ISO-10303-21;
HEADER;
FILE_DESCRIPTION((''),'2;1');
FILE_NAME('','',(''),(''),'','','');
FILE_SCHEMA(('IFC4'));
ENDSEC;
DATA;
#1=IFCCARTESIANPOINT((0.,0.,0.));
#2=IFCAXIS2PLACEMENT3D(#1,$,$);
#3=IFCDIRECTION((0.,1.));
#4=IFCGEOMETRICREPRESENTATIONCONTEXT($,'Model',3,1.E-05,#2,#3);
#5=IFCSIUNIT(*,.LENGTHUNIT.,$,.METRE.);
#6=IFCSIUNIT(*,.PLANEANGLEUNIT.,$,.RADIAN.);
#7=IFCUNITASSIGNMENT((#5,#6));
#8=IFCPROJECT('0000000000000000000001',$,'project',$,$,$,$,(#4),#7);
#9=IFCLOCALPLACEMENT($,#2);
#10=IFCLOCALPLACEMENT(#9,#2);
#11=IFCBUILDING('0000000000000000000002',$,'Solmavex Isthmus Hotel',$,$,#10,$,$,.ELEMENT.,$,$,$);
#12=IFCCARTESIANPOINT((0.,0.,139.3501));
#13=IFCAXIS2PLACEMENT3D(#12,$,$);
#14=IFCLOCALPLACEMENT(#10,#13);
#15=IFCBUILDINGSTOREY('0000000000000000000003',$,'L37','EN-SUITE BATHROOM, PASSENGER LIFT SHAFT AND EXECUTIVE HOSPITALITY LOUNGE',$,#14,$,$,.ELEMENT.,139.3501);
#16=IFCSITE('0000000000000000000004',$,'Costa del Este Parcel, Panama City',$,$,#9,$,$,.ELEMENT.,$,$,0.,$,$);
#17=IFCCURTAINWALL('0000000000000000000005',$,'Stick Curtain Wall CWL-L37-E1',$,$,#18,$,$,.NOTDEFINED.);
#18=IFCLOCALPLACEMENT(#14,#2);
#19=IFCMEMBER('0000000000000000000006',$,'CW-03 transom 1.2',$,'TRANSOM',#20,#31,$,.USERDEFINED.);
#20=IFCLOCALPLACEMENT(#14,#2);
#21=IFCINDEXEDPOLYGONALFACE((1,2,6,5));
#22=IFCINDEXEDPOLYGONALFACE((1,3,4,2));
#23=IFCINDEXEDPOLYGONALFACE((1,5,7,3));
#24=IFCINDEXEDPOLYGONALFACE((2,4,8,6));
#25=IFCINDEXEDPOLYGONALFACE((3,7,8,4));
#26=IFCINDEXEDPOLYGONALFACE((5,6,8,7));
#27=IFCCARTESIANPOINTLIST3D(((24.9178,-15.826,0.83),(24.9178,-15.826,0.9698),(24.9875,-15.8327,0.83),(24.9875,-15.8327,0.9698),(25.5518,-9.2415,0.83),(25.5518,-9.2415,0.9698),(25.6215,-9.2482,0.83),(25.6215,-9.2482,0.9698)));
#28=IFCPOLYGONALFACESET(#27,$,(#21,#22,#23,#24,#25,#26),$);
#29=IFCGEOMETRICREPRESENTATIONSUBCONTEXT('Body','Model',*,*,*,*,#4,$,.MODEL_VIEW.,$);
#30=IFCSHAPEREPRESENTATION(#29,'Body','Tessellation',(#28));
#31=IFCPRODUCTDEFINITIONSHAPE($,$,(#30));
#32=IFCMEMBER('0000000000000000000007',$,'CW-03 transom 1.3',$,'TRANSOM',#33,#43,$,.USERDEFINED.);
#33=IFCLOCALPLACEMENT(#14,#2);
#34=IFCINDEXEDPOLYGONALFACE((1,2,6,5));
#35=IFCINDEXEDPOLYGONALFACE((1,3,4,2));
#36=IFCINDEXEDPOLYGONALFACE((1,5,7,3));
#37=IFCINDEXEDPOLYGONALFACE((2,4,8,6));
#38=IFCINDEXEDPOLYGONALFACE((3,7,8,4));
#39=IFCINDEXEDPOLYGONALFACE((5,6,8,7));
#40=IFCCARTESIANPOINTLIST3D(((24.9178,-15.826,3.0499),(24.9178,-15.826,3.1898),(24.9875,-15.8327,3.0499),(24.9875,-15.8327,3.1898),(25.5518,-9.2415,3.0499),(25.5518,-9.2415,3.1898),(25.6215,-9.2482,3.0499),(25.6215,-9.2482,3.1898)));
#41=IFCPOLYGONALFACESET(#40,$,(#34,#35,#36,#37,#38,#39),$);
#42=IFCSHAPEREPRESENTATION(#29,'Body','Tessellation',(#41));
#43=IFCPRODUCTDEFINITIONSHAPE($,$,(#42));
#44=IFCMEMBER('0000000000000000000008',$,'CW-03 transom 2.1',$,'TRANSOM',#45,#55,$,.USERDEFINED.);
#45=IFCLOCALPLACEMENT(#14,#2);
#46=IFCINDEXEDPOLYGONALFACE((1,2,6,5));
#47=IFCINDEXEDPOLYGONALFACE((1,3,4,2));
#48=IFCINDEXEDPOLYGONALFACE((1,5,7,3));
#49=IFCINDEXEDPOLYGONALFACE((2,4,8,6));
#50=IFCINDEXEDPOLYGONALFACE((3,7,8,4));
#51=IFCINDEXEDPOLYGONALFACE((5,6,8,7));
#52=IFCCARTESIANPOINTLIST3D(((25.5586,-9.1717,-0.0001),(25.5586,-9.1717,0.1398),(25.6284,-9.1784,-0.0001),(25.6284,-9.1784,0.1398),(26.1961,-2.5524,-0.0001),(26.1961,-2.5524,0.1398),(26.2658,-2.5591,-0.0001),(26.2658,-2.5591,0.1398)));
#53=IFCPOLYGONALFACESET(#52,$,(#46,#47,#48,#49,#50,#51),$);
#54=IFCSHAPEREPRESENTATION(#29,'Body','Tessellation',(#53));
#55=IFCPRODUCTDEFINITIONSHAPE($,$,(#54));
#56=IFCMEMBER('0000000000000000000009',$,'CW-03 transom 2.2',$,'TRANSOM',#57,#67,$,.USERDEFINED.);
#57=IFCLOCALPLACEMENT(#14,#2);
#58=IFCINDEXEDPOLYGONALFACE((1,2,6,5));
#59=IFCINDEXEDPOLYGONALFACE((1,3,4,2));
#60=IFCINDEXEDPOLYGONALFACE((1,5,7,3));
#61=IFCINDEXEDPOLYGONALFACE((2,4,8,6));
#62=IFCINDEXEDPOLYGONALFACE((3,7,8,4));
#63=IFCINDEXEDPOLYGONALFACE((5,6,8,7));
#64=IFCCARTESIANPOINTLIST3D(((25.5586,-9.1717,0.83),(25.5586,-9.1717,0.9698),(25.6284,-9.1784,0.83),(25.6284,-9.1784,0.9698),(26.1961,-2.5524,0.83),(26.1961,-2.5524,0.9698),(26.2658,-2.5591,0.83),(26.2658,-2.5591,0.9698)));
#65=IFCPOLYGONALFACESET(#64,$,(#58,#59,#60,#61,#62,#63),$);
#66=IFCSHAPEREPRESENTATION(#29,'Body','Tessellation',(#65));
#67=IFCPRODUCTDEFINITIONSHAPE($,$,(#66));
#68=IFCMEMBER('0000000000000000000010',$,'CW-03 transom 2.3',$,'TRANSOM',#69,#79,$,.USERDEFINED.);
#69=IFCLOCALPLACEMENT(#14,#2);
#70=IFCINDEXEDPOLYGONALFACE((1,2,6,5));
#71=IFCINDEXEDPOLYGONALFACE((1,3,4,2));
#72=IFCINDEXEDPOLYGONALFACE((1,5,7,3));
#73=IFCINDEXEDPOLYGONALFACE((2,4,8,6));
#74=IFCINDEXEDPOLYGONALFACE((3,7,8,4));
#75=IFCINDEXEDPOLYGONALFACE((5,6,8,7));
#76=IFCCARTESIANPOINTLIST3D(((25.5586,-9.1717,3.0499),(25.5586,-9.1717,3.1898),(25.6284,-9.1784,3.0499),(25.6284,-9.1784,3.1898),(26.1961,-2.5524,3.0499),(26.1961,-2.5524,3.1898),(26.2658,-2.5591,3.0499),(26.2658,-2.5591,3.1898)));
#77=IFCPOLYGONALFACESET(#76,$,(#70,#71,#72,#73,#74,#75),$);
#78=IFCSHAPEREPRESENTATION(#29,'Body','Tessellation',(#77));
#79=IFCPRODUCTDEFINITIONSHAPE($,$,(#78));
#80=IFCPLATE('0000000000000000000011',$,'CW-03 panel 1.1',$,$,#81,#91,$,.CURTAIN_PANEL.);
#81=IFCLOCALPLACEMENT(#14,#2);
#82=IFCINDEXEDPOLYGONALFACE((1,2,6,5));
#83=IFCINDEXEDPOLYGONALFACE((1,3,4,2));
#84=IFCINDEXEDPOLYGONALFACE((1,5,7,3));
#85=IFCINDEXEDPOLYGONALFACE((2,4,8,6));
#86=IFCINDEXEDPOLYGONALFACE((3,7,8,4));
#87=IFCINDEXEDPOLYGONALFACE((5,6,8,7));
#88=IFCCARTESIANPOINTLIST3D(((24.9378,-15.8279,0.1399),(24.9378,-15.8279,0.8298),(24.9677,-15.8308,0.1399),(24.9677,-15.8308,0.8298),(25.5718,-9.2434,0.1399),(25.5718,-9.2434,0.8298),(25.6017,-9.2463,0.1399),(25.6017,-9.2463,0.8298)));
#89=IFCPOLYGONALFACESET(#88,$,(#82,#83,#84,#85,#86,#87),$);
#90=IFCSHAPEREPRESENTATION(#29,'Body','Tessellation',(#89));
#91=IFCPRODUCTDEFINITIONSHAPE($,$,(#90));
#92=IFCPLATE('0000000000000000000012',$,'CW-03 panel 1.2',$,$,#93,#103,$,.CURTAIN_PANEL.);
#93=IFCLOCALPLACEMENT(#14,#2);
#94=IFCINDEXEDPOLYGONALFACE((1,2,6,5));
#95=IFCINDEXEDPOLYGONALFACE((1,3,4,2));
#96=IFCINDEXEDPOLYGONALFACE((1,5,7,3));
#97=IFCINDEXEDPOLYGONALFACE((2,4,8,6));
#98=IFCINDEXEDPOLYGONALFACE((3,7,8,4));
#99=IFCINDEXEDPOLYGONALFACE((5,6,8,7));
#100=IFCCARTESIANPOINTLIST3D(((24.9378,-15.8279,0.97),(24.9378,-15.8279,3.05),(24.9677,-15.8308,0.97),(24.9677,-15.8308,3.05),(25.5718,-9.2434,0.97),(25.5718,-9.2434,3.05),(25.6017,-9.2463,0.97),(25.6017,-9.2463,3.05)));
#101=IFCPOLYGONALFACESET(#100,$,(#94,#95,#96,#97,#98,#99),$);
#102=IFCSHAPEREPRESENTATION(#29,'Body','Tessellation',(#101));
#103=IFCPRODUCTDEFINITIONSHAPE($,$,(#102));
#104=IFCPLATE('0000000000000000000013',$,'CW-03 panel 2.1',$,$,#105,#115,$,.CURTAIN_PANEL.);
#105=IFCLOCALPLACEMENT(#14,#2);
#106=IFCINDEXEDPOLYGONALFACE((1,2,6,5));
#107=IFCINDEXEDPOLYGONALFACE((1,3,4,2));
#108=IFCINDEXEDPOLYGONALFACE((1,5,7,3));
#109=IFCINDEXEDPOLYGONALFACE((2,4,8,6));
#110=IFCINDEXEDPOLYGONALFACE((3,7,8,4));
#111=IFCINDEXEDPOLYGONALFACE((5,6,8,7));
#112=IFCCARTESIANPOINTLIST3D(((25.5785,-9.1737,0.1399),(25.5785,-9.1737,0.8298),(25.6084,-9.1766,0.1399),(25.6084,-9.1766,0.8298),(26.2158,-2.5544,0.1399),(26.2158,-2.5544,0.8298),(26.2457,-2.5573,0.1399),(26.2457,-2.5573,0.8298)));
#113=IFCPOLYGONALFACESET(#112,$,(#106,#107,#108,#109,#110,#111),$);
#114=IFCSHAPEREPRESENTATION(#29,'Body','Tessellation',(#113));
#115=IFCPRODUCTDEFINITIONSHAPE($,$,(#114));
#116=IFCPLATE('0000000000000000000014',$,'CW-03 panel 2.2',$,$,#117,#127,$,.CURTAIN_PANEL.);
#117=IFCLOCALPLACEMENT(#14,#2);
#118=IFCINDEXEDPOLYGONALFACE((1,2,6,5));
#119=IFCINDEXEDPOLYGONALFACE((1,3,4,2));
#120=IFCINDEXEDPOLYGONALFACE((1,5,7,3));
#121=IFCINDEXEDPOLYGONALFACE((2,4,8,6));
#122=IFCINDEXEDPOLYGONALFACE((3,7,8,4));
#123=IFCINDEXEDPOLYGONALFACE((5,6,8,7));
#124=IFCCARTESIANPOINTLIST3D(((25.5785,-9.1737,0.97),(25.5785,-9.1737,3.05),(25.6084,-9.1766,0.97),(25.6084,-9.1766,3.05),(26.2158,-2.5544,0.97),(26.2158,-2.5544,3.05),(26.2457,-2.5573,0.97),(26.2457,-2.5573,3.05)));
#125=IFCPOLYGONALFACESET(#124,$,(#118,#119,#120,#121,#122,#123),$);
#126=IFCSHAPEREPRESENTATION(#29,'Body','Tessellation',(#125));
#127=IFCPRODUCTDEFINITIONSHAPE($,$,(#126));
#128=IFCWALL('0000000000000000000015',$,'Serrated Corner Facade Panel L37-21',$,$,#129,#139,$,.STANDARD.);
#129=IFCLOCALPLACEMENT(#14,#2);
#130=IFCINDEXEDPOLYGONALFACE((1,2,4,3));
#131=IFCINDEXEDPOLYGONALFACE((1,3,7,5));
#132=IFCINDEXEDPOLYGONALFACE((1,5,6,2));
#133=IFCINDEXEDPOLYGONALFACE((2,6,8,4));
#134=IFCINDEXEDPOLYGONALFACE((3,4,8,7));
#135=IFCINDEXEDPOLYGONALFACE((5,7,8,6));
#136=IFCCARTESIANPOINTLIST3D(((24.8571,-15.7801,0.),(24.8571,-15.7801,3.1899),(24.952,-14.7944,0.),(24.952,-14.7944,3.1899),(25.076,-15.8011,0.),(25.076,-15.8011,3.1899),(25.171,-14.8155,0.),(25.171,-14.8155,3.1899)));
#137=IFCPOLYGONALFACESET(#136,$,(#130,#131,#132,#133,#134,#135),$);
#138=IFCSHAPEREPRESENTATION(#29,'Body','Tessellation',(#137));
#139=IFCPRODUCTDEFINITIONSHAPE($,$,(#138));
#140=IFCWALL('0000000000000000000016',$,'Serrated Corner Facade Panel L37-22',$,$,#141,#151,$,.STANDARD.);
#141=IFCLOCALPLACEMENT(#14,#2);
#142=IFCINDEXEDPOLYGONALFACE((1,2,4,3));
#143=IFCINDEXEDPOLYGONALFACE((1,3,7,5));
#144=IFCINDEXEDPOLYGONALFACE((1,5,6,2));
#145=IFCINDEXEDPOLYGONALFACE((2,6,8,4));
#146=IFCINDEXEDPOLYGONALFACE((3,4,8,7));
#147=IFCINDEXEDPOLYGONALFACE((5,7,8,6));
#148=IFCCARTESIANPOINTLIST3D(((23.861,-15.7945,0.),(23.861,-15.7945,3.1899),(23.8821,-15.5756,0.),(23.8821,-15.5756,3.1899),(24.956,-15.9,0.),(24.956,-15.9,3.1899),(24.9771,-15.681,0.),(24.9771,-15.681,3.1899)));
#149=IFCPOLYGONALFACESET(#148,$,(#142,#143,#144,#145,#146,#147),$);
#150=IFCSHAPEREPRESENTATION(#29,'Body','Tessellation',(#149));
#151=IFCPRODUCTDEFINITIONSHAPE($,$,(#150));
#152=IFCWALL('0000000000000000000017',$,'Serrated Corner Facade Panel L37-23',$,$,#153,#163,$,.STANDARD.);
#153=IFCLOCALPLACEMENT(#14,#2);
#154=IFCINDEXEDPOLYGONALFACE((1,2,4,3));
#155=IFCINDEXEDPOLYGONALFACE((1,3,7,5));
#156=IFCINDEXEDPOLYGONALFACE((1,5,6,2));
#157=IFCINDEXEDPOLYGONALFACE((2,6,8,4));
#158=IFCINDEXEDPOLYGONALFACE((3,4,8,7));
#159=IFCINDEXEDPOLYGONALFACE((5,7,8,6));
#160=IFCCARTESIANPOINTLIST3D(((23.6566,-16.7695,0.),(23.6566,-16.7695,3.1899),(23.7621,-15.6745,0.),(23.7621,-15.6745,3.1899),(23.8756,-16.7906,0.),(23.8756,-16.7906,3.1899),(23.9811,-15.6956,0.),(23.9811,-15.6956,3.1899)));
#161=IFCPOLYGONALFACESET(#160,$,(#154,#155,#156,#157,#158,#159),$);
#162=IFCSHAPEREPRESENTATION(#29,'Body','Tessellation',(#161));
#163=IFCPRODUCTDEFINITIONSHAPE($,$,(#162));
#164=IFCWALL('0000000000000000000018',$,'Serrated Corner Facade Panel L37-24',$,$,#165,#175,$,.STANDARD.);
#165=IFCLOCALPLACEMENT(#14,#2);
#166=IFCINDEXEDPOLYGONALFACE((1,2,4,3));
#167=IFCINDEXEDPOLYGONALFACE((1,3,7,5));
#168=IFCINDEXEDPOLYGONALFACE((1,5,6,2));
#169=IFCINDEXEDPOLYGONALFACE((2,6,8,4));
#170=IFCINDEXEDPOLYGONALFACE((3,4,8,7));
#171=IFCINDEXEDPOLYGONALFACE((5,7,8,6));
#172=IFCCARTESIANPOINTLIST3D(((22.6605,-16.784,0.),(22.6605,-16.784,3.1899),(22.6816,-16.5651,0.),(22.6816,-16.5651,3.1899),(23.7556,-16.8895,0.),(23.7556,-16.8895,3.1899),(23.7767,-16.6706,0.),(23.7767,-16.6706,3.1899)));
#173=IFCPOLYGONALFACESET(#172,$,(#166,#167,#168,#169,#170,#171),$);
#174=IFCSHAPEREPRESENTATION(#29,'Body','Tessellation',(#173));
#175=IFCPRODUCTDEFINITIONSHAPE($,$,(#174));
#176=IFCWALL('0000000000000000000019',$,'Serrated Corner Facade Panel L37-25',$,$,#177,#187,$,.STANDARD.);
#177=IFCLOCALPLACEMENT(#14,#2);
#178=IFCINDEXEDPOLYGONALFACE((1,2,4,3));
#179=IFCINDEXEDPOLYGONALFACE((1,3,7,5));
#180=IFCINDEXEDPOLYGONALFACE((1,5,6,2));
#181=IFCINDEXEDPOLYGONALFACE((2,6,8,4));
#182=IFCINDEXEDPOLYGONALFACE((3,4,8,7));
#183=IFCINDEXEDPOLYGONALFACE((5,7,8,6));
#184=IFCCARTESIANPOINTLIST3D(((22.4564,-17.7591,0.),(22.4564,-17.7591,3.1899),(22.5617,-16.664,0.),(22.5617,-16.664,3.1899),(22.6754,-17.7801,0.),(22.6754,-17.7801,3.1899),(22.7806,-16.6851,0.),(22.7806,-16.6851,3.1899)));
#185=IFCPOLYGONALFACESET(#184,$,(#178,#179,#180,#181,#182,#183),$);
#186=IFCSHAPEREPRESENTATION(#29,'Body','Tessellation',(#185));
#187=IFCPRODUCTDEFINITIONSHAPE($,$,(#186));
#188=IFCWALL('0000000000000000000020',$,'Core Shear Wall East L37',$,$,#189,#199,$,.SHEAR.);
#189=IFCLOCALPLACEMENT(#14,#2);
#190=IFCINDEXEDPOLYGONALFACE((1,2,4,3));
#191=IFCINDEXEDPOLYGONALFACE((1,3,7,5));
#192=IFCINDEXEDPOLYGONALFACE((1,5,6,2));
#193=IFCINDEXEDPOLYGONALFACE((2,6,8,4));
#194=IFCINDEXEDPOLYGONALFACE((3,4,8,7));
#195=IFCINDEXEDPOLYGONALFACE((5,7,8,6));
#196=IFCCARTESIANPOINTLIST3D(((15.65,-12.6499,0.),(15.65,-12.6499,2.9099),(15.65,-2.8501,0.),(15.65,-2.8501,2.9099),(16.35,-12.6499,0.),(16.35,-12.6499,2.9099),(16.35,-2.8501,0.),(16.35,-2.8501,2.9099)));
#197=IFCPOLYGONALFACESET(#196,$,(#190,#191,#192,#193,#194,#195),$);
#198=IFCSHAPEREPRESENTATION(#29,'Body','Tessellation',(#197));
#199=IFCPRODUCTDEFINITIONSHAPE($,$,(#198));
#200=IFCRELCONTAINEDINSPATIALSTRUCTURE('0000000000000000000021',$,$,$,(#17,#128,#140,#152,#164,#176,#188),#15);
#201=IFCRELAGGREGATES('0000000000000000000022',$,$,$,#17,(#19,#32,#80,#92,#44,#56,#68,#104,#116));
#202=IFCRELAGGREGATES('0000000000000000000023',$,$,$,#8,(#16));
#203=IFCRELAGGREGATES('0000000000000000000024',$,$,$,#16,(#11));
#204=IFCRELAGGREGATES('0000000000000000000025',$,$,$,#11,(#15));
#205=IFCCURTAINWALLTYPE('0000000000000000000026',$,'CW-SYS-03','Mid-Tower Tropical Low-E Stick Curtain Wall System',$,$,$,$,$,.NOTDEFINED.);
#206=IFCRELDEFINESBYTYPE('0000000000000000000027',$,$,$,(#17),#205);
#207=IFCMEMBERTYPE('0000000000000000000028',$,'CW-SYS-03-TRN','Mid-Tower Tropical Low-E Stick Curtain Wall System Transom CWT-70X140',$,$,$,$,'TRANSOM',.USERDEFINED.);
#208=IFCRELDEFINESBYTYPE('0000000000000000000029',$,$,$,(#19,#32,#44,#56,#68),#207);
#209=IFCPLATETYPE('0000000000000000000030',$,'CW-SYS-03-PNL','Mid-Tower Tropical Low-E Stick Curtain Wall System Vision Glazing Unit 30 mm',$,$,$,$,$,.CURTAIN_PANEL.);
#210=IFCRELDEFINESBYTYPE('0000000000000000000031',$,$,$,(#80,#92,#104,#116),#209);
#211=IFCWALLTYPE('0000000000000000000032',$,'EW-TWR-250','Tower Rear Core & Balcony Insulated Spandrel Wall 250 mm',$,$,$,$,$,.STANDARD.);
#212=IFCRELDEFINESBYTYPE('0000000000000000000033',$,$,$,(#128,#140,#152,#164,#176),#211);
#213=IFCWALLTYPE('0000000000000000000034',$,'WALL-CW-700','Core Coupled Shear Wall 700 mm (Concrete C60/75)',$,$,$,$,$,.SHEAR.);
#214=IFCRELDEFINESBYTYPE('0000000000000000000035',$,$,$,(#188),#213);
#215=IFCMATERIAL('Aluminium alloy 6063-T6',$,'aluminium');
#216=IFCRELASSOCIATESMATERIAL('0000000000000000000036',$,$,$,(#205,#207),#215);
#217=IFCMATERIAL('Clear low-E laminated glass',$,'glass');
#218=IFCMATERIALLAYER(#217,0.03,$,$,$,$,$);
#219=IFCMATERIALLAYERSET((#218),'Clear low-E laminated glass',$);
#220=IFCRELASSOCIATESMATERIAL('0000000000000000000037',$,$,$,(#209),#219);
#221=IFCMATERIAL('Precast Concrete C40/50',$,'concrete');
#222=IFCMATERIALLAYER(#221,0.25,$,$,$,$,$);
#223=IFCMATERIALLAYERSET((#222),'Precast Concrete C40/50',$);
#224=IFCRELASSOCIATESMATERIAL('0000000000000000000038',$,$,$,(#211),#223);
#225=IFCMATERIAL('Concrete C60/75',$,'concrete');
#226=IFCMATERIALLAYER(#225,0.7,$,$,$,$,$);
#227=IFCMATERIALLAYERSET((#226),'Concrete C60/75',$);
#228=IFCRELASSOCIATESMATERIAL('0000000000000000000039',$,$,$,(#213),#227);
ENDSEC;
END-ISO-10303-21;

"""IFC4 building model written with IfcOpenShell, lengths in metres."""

from ifc_helpers import new_model, si_unit, direction, frame, frame_2d, origin, origin_2d, place, context, subcontext, project, spatial, rectangle, extrude, material, layer, layer_set, material_profile, profile_set, type_object, element, aggregate, save


model = new_model("IFC4")

# Units and contexts
model_context = context("Model", 3, precision=1e-05, world=origin(), true_north=direction((0.0, 1.0)))
body_context = subcontext(model_context, "Body", "Model", "MODEL_VIEW")
ifc_project = project(units=[si_unit("LENGTHUNIT", "METRE"), si_unit("PLANEANGLEUNIT", "RADIAN")], contexts=[model_context])

# Site, building, storey
site_placement = place(None, origin())
site = spatial("IfcSite", under=ifc_project, at=site_placement, Name="Costa del Este Parcel, Panama City", CompositionType="ELEMENT", RefElevation=0.0)
building_placement = place(site_placement, origin())
building = spatial("IfcBuilding", under=site, at=building_placement, Name="Solmavex Isthmus Hotel", CompositionType="ELEMENT")
storey_placement = place(building_placement, frame((0.0, 0.0, 139.3501)))
storey = spatial("IfcBuildingStorey", under=building, at=storey_placement, Name="L37", Description="EN-SUITE BATHROOM, PASSENGER LIFT SHAFT AND EXECUTIVE HOSPITALITY LOUNGE", CompositionType="ELEMENT", Elevation=139.3501)

# Shared definitions
ifc_material_1 = material(Name="Concrete C60/75", Category="concrete")

# Curtain wall, members, plates
ifc_material_2 = material(Name="Aluminium alloy 6063-T6", Category="aluminium")
curtain_wall_type = type_object("IfcCurtainWallType", Name="CW-SYS-03", Description="Mid-Tower Tropical Low-E Stick Curtain Wall System", PredefinedType="NOTDEFINED", material=ifc_material_2)
curtain_wall_placement = place(storey_placement, origin())
curtain_wall = element("IfcCurtainWall", 1, at=curtain_wall_placement, inside=storey, type_object=curtain_wall_type, Name="Stick Curtain Wall CWL-L37-E1", PredefinedType="NOTDEFINED")
ifc_material_profile_1 = material_profile(ifc_material_2, rectangle(XDim=0.0701, YDim=0.1399, at=origin_2d()), Name="CWT-70X140")
ifc_profile_set_1 = profile_set([ifc_material_profile_1], Name="Aluminium alloy 6063-T6")
member_type_1 = type_object("IfcMemberType", Name="CW-SYS-03-TRN", Description="Mid-Tower Tropical Low-E Stick Curtain Wall System Transom CWT-70X140", ElementType="TRANSOM", PredefinedType="USERDEFINED", material=ifc_profile_set_1)
member_1_placement = place(storey_placement, frame((24.9526, -15.8293, 0.8999), z_axis=(0.095849, 0.995396, 0.0), x_axis=(-0.995396, 0.095849, 0.0)))
member_1 = element("IfcMember", 2, at=member_1_placement, type_object=member_type_1, Name="CW-03 transom 1.2", ObjectType="TRANSOM", PredefinedType="USERDEFINED", context=body_context, shape_type="SweptSolid", body=[
    extrude(rectangle(XDim=0.0701, YDim=0.1399, at=origin_2d()), origin(), (0.0, 0.0, 1.0), 6.615),
])
member_2_placement = place(storey_placement, frame((24.9526, -15.8293, 3.1199), z_axis=(0.095849, 0.995396, 0.0), x_axis=(-0.995396, 0.095849, 0.0)))
member_2 = element("IfcMember", 3, at=member_2_placement, type_object=member_type_1, Name="CW-03 transom 1.3", ObjectType="TRANSOM", PredefinedType="USERDEFINED", context=body_context, shape_type="SweptSolid", body=[
    extrude(rectangle(XDim=0.0701, YDim=0.1399, at=origin_2d()), origin(), (0.0, 0.0, 1.0), 6.615),
])
member_3_placement = place(storey_placement, frame((25.5935, -9.175, 0.0698), z_axis=(0.095857, 0.995395, 0.0), x_axis=(-0.995395, 0.095857, 0.0)))
member_3 = element("IfcMember", 4, at=member_3_placement, type_object=member_type_1, Name="CW-03 transom 2.1", ObjectType="TRANSOM", PredefinedType="USERDEFINED", context=body_context, shape_type="SweptSolid", body=[
    extrude(rectangle(XDim=0.0701, YDim=0.1399, at=origin_2d()), origin(), (0.0, 0.0, 1.0), 6.6499),
])
member_4_placement = place(storey_placement, frame((25.5935, -9.175, 0.8999), z_axis=(0.095857, 0.995395, 0.0), x_axis=(-0.995395, 0.095857, 0.0)))
member_4 = element("IfcMember", 5, at=member_4_placement, type_object=member_type_1, Name="CW-03 transom 2.2", ObjectType="TRANSOM", PredefinedType="USERDEFINED", context=body_context, shape_type="SweptSolid", body=[
    extrude(rectangle(XDim=0.0701, YDim=0.1399, at=origin_2d()), origin(), (0.0, 0.0, 1.0), 6.6499),
])
member_5_placement = place(storey_placement, frame((25.5935, -9.175, 3.1199), z_axis=(0.095857, 0.995395, 0.0), x_axis=(-0.995395, 0.095857, 0.0)))
member_5 = element("IfcMember", 6, at=member_5_placement, type_object=member_type_1, Name="CW-03 transom 2.3", ObjectType="TRANSOM", PredefinedType="USERDEFINED", context=body_context, shape_type="SweptSolid", body=[
    extrude(rectangle(XDim=0.0701, YDim=0.1399, at=origin_2d()), origin(), (0.0, 0.0, 1.0), 6.6499),
])
ifc_material_3 = material(Name="Clear low-E laminated glass", Category="glass")
ifc_layer_1 = layer(ifc_material_3, 0.03)
ifc_layer_set_1 = layer_set([ifc_layer_1], Name="Clear low-E laminated glass")
plate_type = type_object("IfcPlateType", Name="CW-SYS-03-PNL", Description="Mid-Tower Tropical Low-E Stick Curtain Wall System Vision Glazing Unit 30 mm", PredefinedType="CURTAIN_PANEL", material=ifc_layer_set_1)
plate_1_placement = place(storey_placement, frame((25.2698, -12.5371, 0.1399), z_axis=(0.0, 0.0, 1.0), x_axis=(0.095846, 0.995396, 0.0)))
plate_1 = element("IfcPlate", 7, at=plate_1_placement, type_object=plate_type, Name="CW-03 panel 1.1", PredefinedType="CURTAIN_PANEL", context=body_context, shape_type="SweptSolid", body=[
    extrude(rectangle(XDim=6.615, YDim=0.03, at=origin_2d()), origin(), (0.0, 0.0, 1.0), 0.6899),
])
plate_2_placement = place(storey_placement, frame((25.2698, -12.5371, 0.97), z_axis=(0.0, 0.0, 1.0), x_axis=(0.095846, 0.995396, 0.0)))
plate_2 = element("IfcPlate", 8, at=plate_2_placement, type_object=plate_type, Name="CW-03 panel 1.2", PredefinedType="CURTAIN_PANEL", context=body_context, shape_type="SweptSolid", body=[
    extrude(rectangle(XDim=6.615, YDim=0.03, at=origin_2d()), origin(), (0.0, 0.0, 1.0), 2.0801),
])
plate_3_placement = place(storey_placement, frame((25.9121, -5.8655, 0.1399), z_axis=(0.0, 0.0, 1.0), x_axis=(0.095846, 0.995396, 0.0)))
plate_3 = element("IfcPlate", 9, at=plate_3_placement, type_object=plate_type, Name="CW-03 panel 2.1", PredefinedType="CURTAIN_PANEL", context=body_context, shape_type="SweptSolid", body=[
    extrude(rectangle(XDim=6.6499, YDim=0.03, at=origin_2d()), origin(), (0.0, 0.0, 1.0), 0.6899),
])
plate_4_placement = place(storey_placement, frame((25.9121, -5.8655, 0.97), z_axis=(0.0, 0.0, 1.0), x_axis=(0.095846, 0.995396, 0.0)))
plate_4 = element("IfcPlate", 10, at=plate_4_placement, type_object=plate_type, Name="CW-03 panel 2.2", PredefinedType="CURTAIN_PANEL", context=body_context, shape_type="SweptSolid", body=[
    extrude(rectangle(XDim=6.6499, YDim=0.03, at=origin_2d()), origin(), (0.0, 0.0, 1.0), 2.0801),
])
aggregate(curtain_wall, [member_1, member_2, plate_1, plate_2, member_3, member_4, member_5, plate_3, plate_4])

# Walls
ifc_material_4 = material(Name="Precast Concrete C40/50", Category="concrete")
ifc_layer_2 = layer(ifc_material_4, 0.25)
ifc_layer_set_2 = layer_set([ifc_layer_2], Name="Precast Concrete C40/50")
wall_type_1 = type_object("IfcWallType", Name="EW-TWR-250", Description="Tower Rear Core & Balcony Insulated Spandrel Wall 250 mm", PredefinedType="STANDARD", material=ifc_layer_set_2)
wall_1_placement = place(storey_placement, frame((25.0615, -14.8049, 0.0), z_axis=(0.0, 0.0, 1.0), x_axis=(-0.095914, -0.99539, 0.0)))
element("IfcWall", 11, at=wall_1_placement, inside=storey, type_object=wall_type_1, Name="Serrated Corner Facade Panel L37-21", PredefinedType="STANDARD", context=body_context, shape_type="SweptSolid", body=[
    extrude(rectangle(XDim=0.9902, YDim=0.22, at=frame_2d((0.4951, 0.0))), origin(), (0.0, 0.0, 1.0), 3.1899),
])
for number, where, z_axis, x_axis, name in (
    (12, (24.9666, -15.7905, 0.0), (0.0, 0.0, 1.0), (-0.995393, 0.095877, 0.0), "Serrated Corner Facade Panel L37-22"),
    (13, (23.8716, -15.6851, 0.0), (0.0, 0.0, 1.0), (-0.095877, -0.995393, 0.0), "Serrated Corner Facade Panel L37-23"),
    (14, (23.7661, -16.78, 0.0), (0.0, 0.0, 1.0), (-0.995393, 0.095877, 0.0), "Serrated Corner Facade Panel L37-24"),
    (15, (22.6711, -16.6746, 0.0), (0.0, 0.0, 1.0), (-0.095657, -0.995414, 0.0), "Serrated Corner Facade Panel L37-25"),
):
    element("IfcWall", number, at=place(storey_placement, frame(where, z_axis=z_axis, x_axis=x_axis)), inside=storey, type_object=wall_type_1, Name=name, PredefinedType="STANDARD", context=body_context, shape_type="SweptSolid", body=[
        extrude(rectangle(XDim=1.1001, YDim=0.22, at=frame_2d((0.55, 0.0))), origin(), (0.0, 0.0, 1.0), 3.1899),
    ])
ifc_layer_3 = layer(ifc_material_1, 0.7)
ifc_layer_set_3 = layer_set([ifc_layer_3], Name="Concrete C60/75")
wall_type_2 = type_object("IfcWallType", Name="WALL-CW-700", Description="Core Coupled Shear Wall 700 mm (Concrete C60/75)", PredefinedType="SHEAR", material=ifc_layer_set_3)
wall_2_placement = place(storey_placement, frame((16.0, -12.6499, 0.0), z_axis=(0.0, 0.0, 1.0), x_axis=(0.0, 1.0, 0.0)))
element("IfcWall", 16, at=wall_2_placement, inside=storey, type_object=wall_type_2, Name="Core Shear Wall East L37", PredefinedType="SHEAR", context=body_context, shape_type="SweptSolid", body=[
    extrude(rectangle(XDim=9.7998, YDim=0.7, at=frame_2d((4.8999, 0.0))), origin(), (0.0, 0.0, 1.0), 2.9099),
])

save(model, "model.ifc")
